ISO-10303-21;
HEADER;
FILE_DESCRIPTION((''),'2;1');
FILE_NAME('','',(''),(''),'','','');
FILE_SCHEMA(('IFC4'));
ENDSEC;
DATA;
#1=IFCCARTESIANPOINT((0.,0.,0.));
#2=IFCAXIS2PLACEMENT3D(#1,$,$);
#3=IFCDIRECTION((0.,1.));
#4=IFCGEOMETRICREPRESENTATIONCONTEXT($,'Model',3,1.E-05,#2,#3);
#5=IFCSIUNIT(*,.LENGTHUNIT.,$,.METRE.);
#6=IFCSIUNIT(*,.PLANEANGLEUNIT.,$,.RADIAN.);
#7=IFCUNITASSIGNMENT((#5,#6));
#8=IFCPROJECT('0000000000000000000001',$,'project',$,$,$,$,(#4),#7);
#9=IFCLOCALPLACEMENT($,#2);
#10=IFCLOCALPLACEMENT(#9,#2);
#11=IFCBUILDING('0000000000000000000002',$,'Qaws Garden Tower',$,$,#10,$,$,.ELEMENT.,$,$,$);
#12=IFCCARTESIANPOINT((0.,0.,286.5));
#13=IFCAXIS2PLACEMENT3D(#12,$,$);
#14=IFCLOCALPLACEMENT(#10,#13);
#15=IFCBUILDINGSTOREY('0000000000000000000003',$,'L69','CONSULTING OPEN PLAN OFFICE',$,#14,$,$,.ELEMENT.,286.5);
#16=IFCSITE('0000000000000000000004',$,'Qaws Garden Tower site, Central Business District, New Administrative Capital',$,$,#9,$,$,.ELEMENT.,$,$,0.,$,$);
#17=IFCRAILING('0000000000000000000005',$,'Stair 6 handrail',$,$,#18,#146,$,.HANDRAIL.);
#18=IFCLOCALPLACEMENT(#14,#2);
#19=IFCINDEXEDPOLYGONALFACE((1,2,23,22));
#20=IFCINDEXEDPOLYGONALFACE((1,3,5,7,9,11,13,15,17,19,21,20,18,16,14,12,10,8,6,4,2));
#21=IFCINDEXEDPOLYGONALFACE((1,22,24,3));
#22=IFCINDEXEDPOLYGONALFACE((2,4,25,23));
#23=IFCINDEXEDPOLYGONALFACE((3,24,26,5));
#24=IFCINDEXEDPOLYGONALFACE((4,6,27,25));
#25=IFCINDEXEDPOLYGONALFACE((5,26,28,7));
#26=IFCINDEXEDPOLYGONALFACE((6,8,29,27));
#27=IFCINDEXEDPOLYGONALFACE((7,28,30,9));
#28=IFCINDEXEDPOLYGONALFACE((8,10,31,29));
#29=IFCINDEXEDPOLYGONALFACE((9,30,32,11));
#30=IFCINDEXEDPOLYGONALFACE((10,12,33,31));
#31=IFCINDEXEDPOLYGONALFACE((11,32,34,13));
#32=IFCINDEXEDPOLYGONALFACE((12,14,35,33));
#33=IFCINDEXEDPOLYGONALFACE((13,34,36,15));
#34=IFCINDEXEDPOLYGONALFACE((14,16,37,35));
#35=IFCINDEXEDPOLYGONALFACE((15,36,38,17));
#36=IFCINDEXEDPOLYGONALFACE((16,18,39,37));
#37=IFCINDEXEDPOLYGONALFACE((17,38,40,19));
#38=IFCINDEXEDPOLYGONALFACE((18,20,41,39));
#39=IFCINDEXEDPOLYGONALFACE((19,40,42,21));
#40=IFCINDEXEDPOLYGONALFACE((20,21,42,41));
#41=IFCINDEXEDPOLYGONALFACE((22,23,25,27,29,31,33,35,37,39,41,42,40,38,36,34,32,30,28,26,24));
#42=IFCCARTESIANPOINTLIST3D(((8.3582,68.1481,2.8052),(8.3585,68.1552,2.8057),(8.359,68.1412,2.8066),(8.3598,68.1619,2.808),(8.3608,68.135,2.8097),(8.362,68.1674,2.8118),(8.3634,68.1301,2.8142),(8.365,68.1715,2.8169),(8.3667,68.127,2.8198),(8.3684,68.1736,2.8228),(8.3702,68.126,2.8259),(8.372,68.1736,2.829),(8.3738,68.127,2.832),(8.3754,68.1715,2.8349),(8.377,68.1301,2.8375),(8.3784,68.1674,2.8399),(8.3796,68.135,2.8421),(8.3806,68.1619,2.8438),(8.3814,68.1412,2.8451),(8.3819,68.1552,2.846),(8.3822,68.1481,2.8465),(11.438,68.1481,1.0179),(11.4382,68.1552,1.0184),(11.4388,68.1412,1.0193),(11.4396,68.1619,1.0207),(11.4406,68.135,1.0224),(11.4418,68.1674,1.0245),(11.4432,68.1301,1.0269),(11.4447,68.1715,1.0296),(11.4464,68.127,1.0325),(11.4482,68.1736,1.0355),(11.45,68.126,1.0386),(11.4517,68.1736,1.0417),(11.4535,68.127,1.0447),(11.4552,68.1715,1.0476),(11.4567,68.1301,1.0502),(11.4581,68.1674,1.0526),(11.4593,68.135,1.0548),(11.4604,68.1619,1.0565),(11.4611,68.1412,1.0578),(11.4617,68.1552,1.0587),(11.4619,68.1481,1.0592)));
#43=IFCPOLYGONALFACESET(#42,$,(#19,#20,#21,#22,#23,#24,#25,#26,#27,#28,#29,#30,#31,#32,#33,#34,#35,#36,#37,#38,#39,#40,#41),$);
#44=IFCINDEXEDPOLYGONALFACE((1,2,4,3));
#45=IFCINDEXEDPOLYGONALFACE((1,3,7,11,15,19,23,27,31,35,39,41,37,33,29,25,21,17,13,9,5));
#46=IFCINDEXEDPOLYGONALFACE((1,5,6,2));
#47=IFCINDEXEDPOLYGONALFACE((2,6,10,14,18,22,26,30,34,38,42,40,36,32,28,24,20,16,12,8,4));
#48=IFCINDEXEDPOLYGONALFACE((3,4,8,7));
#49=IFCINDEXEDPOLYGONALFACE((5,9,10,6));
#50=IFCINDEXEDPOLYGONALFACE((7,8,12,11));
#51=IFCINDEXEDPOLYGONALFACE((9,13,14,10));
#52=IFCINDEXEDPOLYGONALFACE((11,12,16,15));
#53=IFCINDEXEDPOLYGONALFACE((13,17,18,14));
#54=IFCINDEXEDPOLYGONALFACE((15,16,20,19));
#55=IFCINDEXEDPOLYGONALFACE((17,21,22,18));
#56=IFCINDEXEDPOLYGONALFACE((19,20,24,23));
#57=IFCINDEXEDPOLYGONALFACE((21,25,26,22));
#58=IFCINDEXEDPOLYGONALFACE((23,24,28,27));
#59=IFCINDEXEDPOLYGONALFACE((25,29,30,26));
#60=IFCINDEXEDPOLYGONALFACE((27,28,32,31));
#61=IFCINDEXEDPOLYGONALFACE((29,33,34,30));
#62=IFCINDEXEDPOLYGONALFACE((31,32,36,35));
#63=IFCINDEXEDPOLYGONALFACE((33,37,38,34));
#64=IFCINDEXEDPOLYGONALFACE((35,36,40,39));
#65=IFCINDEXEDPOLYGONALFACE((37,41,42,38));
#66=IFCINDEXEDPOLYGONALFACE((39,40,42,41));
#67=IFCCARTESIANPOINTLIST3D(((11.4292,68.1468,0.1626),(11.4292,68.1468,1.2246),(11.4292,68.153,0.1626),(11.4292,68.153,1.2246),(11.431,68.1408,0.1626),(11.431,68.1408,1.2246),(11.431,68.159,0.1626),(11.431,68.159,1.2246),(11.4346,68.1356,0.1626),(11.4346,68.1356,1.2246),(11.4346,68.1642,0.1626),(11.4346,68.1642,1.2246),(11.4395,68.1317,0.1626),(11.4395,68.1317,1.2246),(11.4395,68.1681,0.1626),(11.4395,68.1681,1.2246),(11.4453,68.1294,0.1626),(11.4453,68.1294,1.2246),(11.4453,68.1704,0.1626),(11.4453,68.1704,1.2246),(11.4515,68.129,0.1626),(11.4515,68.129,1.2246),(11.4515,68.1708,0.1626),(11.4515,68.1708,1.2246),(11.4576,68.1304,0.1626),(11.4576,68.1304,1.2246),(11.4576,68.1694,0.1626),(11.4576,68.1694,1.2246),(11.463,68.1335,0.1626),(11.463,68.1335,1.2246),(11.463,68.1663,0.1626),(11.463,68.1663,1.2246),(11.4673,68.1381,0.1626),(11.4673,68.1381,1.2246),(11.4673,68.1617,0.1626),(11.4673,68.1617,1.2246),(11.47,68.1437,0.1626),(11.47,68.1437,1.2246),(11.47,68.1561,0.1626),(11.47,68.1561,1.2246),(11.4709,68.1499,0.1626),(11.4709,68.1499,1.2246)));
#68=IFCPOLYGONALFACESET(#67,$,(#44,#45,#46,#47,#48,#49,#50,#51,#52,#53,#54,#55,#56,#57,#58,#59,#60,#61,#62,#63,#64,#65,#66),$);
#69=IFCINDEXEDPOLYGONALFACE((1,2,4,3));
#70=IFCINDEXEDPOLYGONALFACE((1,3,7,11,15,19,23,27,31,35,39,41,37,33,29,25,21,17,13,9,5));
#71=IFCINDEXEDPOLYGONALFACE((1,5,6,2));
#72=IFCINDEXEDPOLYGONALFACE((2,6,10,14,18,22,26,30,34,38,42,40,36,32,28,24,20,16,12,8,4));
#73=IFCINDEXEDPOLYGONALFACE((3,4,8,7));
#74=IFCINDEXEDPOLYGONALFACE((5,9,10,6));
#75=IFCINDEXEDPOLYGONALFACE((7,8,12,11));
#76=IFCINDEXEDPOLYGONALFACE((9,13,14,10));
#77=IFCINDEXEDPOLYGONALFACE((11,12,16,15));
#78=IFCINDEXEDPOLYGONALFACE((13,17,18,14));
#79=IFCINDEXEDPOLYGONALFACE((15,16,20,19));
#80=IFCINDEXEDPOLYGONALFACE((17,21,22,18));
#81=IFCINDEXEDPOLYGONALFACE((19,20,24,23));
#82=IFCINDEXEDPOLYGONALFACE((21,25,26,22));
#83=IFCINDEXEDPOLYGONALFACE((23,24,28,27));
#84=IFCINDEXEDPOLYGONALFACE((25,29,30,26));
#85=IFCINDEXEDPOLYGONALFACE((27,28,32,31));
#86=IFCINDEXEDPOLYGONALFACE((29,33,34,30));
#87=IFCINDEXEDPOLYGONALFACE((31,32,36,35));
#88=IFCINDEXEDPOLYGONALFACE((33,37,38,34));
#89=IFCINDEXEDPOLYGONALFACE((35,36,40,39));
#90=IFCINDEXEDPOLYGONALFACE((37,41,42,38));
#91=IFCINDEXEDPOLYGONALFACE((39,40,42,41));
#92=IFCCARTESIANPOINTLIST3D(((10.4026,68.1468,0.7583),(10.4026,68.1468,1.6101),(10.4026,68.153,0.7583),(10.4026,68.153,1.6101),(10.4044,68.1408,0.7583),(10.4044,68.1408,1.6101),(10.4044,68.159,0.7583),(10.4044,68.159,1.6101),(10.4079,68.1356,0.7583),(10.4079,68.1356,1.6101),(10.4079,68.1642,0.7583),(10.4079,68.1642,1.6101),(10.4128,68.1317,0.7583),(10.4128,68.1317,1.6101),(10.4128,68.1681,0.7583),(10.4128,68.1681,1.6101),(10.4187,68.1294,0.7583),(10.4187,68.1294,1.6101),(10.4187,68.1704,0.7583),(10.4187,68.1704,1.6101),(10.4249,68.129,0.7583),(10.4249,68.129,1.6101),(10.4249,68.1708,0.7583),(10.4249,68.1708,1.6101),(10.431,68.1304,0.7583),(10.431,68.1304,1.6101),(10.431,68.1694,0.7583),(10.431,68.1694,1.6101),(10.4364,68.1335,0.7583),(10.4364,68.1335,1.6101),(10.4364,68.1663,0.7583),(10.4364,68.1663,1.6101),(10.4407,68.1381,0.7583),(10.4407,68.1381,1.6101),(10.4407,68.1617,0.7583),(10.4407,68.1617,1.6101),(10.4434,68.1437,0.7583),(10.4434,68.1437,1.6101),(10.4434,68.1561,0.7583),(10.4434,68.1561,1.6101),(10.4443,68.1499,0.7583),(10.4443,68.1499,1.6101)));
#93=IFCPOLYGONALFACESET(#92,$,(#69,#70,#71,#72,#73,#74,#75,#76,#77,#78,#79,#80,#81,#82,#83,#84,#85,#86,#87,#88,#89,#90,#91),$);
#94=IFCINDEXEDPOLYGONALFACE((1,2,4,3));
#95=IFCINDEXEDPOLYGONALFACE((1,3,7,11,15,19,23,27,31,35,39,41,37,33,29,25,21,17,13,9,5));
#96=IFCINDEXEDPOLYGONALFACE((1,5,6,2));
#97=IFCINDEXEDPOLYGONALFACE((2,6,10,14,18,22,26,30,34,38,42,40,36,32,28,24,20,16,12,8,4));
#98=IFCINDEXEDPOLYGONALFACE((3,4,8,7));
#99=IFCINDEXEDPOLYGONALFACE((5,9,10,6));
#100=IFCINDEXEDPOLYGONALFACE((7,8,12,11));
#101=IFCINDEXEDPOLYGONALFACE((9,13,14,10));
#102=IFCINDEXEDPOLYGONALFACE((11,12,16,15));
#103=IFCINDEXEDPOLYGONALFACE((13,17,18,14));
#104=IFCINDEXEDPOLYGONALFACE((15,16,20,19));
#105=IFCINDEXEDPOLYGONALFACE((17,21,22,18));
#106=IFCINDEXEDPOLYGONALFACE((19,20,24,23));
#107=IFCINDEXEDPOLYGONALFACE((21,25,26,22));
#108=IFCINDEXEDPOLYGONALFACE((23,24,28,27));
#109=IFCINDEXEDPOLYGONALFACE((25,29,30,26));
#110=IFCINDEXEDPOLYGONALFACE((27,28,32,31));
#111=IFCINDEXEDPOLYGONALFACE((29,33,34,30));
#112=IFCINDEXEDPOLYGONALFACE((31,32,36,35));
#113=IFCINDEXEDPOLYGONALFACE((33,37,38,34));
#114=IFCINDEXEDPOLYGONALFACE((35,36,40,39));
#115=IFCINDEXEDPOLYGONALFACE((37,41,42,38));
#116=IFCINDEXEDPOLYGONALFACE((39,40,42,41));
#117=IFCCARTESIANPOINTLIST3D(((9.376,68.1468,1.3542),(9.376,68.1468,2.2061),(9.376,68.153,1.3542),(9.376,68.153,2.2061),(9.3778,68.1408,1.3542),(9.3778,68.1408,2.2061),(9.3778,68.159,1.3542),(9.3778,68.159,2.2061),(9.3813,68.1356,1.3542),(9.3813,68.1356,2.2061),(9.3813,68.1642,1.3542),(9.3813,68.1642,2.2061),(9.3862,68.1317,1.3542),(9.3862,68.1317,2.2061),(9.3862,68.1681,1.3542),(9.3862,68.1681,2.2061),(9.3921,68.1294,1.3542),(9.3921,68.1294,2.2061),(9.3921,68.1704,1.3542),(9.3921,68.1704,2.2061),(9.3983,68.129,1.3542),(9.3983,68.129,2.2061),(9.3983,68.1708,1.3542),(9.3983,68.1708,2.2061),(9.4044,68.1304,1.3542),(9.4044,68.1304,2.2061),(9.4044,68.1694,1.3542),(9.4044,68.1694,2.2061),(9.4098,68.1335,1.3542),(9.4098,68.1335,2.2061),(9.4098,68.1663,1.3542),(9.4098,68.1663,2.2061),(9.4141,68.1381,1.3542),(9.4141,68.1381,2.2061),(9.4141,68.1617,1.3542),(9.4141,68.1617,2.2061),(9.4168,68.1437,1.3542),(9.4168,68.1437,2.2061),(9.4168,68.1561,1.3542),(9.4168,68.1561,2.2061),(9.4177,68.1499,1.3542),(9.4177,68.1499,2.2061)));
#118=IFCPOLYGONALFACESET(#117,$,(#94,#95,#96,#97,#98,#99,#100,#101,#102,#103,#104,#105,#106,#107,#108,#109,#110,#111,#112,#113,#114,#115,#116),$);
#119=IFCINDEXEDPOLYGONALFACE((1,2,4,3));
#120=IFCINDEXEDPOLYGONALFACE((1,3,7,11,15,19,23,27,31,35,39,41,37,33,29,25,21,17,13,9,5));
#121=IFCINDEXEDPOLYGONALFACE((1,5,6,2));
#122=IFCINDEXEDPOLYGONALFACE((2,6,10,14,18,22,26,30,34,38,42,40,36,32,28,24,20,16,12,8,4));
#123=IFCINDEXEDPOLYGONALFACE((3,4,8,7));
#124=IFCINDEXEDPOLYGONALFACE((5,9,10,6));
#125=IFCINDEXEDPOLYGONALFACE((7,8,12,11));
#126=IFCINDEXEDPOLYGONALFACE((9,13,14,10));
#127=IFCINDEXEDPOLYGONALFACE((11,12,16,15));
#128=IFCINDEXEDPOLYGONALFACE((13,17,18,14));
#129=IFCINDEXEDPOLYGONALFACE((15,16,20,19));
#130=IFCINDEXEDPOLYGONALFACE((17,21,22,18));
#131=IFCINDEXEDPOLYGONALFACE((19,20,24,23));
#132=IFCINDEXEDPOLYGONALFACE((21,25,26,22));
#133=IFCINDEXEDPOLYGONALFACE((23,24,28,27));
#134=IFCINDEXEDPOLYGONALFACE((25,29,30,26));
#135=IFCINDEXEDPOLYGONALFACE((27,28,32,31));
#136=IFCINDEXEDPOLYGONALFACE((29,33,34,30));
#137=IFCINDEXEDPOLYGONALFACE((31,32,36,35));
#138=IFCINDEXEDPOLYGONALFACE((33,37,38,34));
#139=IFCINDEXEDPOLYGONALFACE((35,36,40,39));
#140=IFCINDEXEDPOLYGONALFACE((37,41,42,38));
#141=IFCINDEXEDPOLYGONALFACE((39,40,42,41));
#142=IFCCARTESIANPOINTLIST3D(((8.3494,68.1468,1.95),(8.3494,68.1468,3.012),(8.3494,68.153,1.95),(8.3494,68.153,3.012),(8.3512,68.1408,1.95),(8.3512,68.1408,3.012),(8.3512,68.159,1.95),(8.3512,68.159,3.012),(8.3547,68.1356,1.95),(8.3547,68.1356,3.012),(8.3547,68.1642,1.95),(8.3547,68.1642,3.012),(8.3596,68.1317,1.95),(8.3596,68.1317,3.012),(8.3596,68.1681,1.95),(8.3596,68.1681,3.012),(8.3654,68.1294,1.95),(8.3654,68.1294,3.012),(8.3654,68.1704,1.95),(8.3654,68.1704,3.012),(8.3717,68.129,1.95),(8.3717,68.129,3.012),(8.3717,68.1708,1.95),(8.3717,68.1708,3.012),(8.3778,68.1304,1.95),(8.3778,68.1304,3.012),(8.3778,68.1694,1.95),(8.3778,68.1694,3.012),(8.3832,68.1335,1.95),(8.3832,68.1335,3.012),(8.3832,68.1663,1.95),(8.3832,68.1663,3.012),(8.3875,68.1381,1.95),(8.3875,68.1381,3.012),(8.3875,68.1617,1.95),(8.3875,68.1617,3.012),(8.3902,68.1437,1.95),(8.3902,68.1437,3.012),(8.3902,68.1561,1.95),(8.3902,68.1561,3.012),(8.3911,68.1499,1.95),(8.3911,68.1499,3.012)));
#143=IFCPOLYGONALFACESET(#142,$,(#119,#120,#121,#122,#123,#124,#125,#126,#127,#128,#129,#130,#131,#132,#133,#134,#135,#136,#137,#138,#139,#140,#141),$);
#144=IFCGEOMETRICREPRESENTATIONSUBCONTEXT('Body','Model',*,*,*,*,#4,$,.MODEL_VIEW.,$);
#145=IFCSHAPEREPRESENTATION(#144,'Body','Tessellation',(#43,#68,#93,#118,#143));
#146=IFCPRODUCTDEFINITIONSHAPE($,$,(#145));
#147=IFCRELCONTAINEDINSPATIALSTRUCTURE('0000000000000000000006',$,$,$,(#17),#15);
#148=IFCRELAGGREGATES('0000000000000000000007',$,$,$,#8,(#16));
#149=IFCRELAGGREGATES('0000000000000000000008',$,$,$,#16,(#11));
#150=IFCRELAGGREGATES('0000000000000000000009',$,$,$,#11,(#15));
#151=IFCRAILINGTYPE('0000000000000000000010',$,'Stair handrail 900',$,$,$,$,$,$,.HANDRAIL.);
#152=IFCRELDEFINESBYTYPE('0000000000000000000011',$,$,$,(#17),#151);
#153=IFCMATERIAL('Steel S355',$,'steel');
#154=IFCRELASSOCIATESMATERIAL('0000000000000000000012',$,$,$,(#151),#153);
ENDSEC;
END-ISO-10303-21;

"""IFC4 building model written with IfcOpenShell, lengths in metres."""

from ifc_helpers import new_model, si_unit, direction, frame, origin, origin_2d, place, context, subcontext, project, spatial, circle, extrude, material, type_object, element, save


model = new_model("IFC4")

# Units and contexts
model_context = context("Model", 3, precision=1e-05, world=origin(), true_north=direction((0.0, 1.0)))
body_context = subcontext(model_context, "Body", "Model", "MODEL_VIEW")
ifc_project = project(units=[si_unit("LENGTHUNIT", "METRE"), si_unit("PLANEANGLEUNIT", "RADIAN")], contexts=[model_context])

# Site, building, storey
site_placement = place(None, origin())
site = spatial("IfcSite", under=ifc_project, at=site_placement, Name="Qaws Garden Tower site, Central Business District, New Administrative Capital", CompositionType="ELEMENT", RefElevation=0.0)
building_placement = place(site_placement, origin())
building = spatial("IfcBuilding", under=site, at=building_placement, Name="Qaws Garden Tower", CompositionType="ELEMENT")
storey_placement = place(building_placement, frame((0.0, 0.0, 286.5)))
storey = spatial("IfcBuildingStorey", under=building, at=storey_placement, Name="L69", Description="CONSULTING OPEN PLAN OFFICE", CompositionType="ELEMENT", Elevation=286.5)

# Railing
ifc_material_1 = material(Name="Steel S355", Category="steel")
railing_type = type_object("IfcRailingType", Name="Stair handrail 900", PredefinedType="HANDRAIL", material=ifc_material_1)
railing_1_placement = place(storey_placement, frame((11.45, 68.1499, 0.1626)))
element("IfcRailing", 1, at=railing_1_placement, inside=storey, type_object=railing_type, Name="Stair 6 handrail", PredefinedType="HANDRAIL", context=body_context, shape_type="SweptSolid", body=[
    extrude(circle(Radius=0.0239, at=origin_2d()), frame((0.0, 0.0, 0.876), z_axis=(-0.864903, 0.0, 0.501939), x_axis=(0.0, -1.0, 0.0)), (0.0, 0.0, 1.0), 3.5608),
    extrude(circle(Radius=0.021, at=origin_2d()), origin(), (0.0, 0.0, 1.0), 1.062),
    extrude(circle(Radius=0.021, at=origin_2d()), frame((-1.0266, 0.0, 0.5957)), (0.0, 0.0, 1.0), 0.8518),
    extrude(circle(Radius=0.021, at=origin_2d()), frame((-2.0532, 0.0, 1.1917)), (0.0, 0.0, 1.0), 0.8518),
    extrude(circle(Radius=0.021, at=origin_2d()), frame((-3.0798, 0.0, 1.7874)), (0.0, 0.0, 1.0), 1.062),
])

save(model, "model.ifc")
